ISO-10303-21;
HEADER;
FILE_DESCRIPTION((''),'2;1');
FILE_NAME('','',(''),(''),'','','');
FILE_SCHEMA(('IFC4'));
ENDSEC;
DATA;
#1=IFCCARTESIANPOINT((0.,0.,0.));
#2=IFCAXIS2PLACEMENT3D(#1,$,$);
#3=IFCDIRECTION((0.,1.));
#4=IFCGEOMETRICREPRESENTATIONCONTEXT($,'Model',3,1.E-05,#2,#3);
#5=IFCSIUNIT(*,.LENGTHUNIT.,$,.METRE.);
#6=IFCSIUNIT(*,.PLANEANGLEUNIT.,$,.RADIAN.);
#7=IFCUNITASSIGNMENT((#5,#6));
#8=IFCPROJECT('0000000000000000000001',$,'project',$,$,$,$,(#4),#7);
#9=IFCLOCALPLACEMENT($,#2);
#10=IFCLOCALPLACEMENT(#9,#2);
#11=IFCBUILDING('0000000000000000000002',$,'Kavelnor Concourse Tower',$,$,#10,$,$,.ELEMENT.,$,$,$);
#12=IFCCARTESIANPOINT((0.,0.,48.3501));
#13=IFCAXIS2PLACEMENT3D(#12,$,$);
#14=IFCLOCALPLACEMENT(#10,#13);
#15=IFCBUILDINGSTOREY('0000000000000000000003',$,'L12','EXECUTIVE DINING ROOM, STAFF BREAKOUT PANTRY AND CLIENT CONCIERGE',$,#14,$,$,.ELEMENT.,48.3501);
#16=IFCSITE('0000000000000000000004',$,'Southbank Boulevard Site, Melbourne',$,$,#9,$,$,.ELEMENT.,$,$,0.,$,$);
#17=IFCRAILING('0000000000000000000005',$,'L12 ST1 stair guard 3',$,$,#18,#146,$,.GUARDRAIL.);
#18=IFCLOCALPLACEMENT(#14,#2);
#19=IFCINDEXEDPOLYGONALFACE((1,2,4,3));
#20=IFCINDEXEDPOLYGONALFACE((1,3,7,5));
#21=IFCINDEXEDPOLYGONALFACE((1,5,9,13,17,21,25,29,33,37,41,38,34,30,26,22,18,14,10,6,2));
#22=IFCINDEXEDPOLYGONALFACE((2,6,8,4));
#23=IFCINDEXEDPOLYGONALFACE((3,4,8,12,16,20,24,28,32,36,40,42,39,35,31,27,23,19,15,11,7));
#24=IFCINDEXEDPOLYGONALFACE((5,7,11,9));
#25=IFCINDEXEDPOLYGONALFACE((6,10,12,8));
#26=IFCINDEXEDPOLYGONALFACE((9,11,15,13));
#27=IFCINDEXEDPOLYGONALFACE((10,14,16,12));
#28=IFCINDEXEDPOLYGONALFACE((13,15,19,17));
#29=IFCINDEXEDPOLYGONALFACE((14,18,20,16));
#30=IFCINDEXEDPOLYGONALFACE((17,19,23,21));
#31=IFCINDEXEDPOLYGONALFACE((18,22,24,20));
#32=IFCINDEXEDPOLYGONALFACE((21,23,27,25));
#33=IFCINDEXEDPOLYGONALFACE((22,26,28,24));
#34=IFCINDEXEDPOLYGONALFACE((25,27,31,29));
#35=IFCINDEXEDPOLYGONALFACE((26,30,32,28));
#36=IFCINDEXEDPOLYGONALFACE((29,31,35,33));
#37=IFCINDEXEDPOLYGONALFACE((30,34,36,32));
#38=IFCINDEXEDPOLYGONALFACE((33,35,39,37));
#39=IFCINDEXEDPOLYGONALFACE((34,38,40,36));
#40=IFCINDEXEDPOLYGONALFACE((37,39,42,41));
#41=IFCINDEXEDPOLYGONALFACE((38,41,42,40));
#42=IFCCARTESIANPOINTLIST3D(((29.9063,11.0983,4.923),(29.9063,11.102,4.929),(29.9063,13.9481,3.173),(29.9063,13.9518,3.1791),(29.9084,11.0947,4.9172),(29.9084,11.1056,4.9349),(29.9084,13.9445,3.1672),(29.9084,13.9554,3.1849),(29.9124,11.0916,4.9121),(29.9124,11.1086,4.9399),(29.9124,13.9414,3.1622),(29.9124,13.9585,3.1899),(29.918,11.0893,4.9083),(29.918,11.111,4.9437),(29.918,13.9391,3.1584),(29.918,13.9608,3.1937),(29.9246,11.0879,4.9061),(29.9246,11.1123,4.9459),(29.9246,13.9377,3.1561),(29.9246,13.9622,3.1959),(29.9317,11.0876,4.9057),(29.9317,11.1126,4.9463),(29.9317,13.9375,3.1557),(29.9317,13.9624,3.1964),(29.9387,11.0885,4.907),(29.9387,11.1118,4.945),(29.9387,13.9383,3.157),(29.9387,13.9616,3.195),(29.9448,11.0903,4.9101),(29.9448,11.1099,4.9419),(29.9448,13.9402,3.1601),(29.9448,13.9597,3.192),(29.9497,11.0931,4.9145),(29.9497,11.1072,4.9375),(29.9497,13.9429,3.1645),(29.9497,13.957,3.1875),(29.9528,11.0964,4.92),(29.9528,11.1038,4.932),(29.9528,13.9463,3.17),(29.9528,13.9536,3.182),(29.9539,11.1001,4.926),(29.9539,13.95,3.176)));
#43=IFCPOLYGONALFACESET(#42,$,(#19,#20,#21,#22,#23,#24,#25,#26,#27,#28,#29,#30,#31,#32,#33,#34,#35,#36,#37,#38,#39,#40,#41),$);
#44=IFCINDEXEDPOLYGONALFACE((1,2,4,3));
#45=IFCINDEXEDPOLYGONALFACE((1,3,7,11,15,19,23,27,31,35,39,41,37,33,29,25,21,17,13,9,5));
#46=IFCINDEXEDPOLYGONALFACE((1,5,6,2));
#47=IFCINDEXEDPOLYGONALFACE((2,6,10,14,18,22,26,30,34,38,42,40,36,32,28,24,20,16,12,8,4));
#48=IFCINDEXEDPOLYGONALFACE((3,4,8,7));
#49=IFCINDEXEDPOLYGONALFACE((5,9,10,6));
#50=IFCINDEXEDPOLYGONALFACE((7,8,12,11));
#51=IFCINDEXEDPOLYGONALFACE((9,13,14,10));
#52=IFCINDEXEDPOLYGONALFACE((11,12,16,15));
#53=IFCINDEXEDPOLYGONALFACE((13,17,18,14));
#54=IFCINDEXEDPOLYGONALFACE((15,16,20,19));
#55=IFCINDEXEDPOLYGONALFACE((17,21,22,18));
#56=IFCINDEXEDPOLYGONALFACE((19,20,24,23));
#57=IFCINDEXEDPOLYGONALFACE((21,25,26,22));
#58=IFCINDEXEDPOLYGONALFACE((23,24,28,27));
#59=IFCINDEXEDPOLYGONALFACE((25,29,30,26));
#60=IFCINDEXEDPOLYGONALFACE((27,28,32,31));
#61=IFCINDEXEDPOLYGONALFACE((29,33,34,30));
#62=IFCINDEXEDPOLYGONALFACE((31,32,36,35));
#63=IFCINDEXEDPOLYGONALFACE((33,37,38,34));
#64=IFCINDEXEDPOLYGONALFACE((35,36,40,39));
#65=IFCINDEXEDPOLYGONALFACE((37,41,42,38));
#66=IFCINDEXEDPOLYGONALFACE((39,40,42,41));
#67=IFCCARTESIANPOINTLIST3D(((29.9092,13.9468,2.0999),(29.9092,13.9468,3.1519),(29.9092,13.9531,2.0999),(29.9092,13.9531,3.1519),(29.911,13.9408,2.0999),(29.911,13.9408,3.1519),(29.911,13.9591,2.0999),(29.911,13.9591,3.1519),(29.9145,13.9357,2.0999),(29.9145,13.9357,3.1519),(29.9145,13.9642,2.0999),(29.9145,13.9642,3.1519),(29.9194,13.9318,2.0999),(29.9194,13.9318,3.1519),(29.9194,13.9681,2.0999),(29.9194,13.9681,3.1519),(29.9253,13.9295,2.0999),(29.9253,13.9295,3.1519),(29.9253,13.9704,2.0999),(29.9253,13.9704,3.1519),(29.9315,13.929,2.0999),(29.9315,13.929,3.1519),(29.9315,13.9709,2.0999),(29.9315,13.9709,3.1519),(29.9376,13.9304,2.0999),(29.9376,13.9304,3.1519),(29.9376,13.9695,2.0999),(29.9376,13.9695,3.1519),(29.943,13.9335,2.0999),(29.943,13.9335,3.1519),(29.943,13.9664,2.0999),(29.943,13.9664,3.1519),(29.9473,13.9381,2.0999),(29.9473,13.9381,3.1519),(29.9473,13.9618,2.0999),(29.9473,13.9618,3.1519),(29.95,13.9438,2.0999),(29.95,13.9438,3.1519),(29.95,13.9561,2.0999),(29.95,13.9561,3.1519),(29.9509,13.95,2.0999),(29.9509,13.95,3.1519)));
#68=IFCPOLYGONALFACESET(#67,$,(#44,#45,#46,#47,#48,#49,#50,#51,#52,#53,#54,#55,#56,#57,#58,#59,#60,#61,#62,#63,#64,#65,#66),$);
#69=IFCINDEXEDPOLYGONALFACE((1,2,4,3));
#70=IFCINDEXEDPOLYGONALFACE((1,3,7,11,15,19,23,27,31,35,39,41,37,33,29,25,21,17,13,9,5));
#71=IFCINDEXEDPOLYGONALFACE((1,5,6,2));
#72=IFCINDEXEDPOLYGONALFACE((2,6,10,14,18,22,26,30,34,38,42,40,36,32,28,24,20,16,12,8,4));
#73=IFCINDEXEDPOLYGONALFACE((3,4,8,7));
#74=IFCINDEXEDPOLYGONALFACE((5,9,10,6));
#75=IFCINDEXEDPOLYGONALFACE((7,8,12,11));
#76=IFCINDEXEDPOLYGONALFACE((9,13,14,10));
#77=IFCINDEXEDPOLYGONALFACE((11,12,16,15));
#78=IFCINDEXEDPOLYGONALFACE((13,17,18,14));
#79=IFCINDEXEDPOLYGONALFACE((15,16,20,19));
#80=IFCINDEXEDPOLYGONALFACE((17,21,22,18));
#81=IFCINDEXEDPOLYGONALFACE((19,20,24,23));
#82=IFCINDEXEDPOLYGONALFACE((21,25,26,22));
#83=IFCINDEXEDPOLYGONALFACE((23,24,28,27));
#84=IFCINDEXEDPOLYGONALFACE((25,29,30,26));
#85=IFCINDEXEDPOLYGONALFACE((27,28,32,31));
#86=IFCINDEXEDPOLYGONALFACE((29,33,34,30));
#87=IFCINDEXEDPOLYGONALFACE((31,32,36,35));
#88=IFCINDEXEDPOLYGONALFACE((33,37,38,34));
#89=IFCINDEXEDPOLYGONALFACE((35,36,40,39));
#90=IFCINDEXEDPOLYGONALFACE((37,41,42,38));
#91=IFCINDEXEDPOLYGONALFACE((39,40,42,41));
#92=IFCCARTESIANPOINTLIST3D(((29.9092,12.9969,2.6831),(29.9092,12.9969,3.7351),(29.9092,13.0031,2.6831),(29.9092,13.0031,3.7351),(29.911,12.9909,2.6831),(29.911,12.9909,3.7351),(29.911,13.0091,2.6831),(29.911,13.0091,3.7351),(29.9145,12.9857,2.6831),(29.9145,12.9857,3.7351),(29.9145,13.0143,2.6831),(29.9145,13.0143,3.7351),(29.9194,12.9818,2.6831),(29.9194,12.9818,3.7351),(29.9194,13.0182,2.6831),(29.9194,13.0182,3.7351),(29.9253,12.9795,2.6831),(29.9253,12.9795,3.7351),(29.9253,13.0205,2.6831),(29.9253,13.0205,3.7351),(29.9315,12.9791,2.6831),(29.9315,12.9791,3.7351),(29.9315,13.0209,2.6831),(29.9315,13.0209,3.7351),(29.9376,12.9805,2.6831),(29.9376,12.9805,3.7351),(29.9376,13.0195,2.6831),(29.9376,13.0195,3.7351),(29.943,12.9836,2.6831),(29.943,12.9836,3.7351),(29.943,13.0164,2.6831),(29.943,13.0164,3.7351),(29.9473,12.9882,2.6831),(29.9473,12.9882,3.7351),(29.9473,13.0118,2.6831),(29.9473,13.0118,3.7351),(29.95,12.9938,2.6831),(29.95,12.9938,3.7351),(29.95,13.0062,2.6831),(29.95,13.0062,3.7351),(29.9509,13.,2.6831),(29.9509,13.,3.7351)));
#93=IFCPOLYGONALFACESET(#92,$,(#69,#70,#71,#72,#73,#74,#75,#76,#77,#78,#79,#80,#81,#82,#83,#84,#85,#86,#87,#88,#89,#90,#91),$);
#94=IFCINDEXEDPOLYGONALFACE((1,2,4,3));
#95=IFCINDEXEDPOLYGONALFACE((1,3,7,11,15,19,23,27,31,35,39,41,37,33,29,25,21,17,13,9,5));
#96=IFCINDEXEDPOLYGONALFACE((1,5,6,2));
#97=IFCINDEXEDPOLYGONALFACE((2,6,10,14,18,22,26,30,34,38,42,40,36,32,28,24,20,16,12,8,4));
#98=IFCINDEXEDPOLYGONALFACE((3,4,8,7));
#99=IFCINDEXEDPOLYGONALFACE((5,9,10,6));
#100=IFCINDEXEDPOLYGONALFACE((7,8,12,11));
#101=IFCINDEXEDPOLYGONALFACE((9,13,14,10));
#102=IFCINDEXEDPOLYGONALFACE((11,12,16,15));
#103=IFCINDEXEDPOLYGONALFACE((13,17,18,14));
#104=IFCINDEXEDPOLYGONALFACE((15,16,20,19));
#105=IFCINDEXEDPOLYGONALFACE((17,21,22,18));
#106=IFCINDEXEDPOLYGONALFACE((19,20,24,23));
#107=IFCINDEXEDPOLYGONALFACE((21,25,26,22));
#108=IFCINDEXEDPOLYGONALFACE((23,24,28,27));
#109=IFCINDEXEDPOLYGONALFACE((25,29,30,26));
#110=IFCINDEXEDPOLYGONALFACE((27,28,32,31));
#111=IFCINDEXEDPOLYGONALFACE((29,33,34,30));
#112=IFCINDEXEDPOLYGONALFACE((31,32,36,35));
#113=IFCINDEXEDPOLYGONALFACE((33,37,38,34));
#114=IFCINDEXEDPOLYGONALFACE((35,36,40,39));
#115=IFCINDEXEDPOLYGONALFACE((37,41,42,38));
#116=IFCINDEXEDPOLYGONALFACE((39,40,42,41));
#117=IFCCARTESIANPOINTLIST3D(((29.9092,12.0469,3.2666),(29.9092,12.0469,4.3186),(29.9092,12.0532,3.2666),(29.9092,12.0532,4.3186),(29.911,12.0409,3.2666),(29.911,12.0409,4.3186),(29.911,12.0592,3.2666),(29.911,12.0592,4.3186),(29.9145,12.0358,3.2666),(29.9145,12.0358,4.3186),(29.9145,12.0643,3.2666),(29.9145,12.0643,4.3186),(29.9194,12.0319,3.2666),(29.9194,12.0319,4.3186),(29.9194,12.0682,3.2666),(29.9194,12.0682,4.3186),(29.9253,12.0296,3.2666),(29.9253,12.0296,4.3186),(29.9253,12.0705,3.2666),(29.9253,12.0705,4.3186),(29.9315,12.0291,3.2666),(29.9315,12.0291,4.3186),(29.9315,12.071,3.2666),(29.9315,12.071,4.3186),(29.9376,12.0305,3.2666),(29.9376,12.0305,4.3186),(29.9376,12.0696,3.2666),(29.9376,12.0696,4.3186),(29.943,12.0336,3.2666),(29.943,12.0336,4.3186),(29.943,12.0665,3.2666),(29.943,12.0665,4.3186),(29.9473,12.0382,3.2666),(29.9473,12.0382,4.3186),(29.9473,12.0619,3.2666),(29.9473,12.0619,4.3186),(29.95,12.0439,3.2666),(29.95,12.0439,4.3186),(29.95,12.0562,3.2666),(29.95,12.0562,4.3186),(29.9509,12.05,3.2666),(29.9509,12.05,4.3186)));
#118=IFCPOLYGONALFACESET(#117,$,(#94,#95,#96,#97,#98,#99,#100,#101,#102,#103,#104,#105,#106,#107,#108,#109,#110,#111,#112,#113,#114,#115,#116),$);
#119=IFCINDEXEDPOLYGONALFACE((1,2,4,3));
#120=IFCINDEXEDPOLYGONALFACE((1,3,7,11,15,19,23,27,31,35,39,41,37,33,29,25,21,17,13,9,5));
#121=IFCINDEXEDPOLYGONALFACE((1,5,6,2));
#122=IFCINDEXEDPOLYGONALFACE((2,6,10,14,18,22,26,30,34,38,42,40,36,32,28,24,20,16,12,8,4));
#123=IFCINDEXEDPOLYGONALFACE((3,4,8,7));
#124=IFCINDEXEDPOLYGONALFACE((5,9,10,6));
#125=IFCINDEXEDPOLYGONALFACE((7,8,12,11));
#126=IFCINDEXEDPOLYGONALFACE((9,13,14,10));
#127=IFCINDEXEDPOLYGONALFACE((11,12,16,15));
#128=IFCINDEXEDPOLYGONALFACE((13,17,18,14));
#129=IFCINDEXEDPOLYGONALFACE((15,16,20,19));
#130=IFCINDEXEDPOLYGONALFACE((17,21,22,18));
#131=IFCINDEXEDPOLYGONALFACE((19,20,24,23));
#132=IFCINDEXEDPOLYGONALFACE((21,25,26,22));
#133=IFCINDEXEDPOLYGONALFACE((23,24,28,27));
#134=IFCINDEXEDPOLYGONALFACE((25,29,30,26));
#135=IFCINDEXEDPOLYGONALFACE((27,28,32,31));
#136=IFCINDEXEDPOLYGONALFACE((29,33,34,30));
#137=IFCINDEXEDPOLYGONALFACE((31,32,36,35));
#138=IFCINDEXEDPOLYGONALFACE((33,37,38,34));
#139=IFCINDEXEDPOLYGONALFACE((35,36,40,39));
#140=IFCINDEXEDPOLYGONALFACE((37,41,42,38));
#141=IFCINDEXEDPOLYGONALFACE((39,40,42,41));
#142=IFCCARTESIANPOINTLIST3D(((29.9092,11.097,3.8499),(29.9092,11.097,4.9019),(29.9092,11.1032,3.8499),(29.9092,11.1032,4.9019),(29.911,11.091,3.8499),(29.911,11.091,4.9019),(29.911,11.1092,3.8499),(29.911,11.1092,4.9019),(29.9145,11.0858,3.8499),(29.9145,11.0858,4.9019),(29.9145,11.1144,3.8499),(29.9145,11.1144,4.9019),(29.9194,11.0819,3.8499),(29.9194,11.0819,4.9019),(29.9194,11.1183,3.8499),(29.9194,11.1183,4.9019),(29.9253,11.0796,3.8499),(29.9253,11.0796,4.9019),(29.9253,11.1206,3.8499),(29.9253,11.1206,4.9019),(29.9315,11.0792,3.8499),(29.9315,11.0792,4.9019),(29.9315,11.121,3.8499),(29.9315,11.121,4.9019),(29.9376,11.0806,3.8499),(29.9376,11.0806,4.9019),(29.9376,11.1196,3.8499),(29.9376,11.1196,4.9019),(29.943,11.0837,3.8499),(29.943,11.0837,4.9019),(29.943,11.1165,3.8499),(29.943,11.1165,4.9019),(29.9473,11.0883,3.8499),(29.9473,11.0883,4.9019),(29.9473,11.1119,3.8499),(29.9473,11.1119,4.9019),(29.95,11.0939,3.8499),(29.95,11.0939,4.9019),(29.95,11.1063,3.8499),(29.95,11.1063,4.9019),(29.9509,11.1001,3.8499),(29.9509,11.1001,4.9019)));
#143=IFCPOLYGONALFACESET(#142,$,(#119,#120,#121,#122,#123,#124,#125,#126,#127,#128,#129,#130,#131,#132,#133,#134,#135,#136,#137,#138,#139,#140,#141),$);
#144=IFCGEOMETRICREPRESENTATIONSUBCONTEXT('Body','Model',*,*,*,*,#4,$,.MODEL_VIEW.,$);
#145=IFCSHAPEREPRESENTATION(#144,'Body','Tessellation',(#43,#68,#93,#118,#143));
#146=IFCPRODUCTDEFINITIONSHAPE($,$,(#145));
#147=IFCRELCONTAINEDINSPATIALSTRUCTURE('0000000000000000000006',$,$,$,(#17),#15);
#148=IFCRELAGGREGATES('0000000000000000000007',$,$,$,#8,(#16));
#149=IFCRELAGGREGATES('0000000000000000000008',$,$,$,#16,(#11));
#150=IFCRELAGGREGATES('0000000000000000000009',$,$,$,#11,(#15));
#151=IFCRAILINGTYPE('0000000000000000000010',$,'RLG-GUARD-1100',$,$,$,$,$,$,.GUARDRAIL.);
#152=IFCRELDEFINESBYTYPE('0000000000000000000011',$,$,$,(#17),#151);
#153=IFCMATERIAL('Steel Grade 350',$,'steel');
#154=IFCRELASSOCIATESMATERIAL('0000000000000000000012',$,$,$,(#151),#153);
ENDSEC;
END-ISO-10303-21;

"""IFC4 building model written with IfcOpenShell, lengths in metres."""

from ifc_helpers import new_model, si_unit, direction, frame, origin, origin_2d, place, context, subcontext, project, spatial, circle, extrude, material, type_object, element, save


model = new_model("IFC4")

# Units and contexts
model_context = context("Model", 3, precision=1e-05, world=origin(), true_north=direction((0.0, 1.0)))
body_context = subcontext(model_context, "Body", "Model", "MODEL_VIEW")
ifc_project = project(units=[si_unit("LENGTHUNIT", "METRE"), si_unit("PLANEANGLEUNIT", "RADIAN")], contexts=[model_context])

# Site, building, storey
site_placement = place(None, origin())
site = spatial("IfcSite", under=ifc_project, at=site_placement, Name="Southbank Boulevard Site, Melbourne", CompositionType="ELEMENT", RefElevation=0.0)
building_placement = place(site_placement, origin())
building = spatial("IfcBuilding", under=site, at=building_placement, Name="Kavelnor Concourse Tower", CompositionType="ELEMENT")
storey_placement = place(building_placement, frame((0.0, 0.0, 48.3501)))
storey = spatial("IfcBuildingStorey", under=building, at=storey_placement, Name="L12", Description="EXECUTIVE DINING ROOM, STAFF BREAKOUT PANTRY AND CLIENT CONCIERGE", CompositionType="ELEMENT", Elevation=48.3501)

# Shared definitions
ifc_material_1 = material(Name="Steel Grade 350", Category="steel")

# Railing
railing_type_1 = type_object("IfcRailingType", Name="RLG-GUARD-1100", PredefinedType="GUARDRAIL", material=ifc_material_1)
railing_1_placement = place(storey_placement, frame((29.9299, 13.95, 2.0999)))
element("IfcRailing", 1, at=railing_1_placement, inside=storey, type_object=railing_type_1, Name="L12 ST1 stair guard 3", PredefinedType="GUARDRAIL", context=body_context, shape_type="SweptSolid", body=[
    extrude(circle(Radius=0.0239, at=origin_2d()), frame((0.0, 0.0, 1.0762), z_axis=(0.0, -0.852159, 0.523283), x_axis=(1.0, 0.0, 0.0)), (0.0, 0.0, 1.0), 3.3442),
    extrude(circle(Radius=0.021, at=origin_2d()), origin(), (0.0, 0.0, 1.0), 1.052),
    extrude(circle(Radius=0.021, at=origin_2d()), frame((0.0, -0.95, 0.5833)), (0.0, 0.0, 1.0), 1.052),
    extrude(circle(Radius=0.021, at=origin_2d()), frame((0.0, -1.8999, 1.1667)), (0.0, 0.0, 1.0), 1.052),
    extrude(circle(Radius=0.021, at=origin_2d()), frame((0.0, -2.8499, 1.75)), (0.0, 0.0, 1.0), 1.052),
])

save(model, "model.ifc")
